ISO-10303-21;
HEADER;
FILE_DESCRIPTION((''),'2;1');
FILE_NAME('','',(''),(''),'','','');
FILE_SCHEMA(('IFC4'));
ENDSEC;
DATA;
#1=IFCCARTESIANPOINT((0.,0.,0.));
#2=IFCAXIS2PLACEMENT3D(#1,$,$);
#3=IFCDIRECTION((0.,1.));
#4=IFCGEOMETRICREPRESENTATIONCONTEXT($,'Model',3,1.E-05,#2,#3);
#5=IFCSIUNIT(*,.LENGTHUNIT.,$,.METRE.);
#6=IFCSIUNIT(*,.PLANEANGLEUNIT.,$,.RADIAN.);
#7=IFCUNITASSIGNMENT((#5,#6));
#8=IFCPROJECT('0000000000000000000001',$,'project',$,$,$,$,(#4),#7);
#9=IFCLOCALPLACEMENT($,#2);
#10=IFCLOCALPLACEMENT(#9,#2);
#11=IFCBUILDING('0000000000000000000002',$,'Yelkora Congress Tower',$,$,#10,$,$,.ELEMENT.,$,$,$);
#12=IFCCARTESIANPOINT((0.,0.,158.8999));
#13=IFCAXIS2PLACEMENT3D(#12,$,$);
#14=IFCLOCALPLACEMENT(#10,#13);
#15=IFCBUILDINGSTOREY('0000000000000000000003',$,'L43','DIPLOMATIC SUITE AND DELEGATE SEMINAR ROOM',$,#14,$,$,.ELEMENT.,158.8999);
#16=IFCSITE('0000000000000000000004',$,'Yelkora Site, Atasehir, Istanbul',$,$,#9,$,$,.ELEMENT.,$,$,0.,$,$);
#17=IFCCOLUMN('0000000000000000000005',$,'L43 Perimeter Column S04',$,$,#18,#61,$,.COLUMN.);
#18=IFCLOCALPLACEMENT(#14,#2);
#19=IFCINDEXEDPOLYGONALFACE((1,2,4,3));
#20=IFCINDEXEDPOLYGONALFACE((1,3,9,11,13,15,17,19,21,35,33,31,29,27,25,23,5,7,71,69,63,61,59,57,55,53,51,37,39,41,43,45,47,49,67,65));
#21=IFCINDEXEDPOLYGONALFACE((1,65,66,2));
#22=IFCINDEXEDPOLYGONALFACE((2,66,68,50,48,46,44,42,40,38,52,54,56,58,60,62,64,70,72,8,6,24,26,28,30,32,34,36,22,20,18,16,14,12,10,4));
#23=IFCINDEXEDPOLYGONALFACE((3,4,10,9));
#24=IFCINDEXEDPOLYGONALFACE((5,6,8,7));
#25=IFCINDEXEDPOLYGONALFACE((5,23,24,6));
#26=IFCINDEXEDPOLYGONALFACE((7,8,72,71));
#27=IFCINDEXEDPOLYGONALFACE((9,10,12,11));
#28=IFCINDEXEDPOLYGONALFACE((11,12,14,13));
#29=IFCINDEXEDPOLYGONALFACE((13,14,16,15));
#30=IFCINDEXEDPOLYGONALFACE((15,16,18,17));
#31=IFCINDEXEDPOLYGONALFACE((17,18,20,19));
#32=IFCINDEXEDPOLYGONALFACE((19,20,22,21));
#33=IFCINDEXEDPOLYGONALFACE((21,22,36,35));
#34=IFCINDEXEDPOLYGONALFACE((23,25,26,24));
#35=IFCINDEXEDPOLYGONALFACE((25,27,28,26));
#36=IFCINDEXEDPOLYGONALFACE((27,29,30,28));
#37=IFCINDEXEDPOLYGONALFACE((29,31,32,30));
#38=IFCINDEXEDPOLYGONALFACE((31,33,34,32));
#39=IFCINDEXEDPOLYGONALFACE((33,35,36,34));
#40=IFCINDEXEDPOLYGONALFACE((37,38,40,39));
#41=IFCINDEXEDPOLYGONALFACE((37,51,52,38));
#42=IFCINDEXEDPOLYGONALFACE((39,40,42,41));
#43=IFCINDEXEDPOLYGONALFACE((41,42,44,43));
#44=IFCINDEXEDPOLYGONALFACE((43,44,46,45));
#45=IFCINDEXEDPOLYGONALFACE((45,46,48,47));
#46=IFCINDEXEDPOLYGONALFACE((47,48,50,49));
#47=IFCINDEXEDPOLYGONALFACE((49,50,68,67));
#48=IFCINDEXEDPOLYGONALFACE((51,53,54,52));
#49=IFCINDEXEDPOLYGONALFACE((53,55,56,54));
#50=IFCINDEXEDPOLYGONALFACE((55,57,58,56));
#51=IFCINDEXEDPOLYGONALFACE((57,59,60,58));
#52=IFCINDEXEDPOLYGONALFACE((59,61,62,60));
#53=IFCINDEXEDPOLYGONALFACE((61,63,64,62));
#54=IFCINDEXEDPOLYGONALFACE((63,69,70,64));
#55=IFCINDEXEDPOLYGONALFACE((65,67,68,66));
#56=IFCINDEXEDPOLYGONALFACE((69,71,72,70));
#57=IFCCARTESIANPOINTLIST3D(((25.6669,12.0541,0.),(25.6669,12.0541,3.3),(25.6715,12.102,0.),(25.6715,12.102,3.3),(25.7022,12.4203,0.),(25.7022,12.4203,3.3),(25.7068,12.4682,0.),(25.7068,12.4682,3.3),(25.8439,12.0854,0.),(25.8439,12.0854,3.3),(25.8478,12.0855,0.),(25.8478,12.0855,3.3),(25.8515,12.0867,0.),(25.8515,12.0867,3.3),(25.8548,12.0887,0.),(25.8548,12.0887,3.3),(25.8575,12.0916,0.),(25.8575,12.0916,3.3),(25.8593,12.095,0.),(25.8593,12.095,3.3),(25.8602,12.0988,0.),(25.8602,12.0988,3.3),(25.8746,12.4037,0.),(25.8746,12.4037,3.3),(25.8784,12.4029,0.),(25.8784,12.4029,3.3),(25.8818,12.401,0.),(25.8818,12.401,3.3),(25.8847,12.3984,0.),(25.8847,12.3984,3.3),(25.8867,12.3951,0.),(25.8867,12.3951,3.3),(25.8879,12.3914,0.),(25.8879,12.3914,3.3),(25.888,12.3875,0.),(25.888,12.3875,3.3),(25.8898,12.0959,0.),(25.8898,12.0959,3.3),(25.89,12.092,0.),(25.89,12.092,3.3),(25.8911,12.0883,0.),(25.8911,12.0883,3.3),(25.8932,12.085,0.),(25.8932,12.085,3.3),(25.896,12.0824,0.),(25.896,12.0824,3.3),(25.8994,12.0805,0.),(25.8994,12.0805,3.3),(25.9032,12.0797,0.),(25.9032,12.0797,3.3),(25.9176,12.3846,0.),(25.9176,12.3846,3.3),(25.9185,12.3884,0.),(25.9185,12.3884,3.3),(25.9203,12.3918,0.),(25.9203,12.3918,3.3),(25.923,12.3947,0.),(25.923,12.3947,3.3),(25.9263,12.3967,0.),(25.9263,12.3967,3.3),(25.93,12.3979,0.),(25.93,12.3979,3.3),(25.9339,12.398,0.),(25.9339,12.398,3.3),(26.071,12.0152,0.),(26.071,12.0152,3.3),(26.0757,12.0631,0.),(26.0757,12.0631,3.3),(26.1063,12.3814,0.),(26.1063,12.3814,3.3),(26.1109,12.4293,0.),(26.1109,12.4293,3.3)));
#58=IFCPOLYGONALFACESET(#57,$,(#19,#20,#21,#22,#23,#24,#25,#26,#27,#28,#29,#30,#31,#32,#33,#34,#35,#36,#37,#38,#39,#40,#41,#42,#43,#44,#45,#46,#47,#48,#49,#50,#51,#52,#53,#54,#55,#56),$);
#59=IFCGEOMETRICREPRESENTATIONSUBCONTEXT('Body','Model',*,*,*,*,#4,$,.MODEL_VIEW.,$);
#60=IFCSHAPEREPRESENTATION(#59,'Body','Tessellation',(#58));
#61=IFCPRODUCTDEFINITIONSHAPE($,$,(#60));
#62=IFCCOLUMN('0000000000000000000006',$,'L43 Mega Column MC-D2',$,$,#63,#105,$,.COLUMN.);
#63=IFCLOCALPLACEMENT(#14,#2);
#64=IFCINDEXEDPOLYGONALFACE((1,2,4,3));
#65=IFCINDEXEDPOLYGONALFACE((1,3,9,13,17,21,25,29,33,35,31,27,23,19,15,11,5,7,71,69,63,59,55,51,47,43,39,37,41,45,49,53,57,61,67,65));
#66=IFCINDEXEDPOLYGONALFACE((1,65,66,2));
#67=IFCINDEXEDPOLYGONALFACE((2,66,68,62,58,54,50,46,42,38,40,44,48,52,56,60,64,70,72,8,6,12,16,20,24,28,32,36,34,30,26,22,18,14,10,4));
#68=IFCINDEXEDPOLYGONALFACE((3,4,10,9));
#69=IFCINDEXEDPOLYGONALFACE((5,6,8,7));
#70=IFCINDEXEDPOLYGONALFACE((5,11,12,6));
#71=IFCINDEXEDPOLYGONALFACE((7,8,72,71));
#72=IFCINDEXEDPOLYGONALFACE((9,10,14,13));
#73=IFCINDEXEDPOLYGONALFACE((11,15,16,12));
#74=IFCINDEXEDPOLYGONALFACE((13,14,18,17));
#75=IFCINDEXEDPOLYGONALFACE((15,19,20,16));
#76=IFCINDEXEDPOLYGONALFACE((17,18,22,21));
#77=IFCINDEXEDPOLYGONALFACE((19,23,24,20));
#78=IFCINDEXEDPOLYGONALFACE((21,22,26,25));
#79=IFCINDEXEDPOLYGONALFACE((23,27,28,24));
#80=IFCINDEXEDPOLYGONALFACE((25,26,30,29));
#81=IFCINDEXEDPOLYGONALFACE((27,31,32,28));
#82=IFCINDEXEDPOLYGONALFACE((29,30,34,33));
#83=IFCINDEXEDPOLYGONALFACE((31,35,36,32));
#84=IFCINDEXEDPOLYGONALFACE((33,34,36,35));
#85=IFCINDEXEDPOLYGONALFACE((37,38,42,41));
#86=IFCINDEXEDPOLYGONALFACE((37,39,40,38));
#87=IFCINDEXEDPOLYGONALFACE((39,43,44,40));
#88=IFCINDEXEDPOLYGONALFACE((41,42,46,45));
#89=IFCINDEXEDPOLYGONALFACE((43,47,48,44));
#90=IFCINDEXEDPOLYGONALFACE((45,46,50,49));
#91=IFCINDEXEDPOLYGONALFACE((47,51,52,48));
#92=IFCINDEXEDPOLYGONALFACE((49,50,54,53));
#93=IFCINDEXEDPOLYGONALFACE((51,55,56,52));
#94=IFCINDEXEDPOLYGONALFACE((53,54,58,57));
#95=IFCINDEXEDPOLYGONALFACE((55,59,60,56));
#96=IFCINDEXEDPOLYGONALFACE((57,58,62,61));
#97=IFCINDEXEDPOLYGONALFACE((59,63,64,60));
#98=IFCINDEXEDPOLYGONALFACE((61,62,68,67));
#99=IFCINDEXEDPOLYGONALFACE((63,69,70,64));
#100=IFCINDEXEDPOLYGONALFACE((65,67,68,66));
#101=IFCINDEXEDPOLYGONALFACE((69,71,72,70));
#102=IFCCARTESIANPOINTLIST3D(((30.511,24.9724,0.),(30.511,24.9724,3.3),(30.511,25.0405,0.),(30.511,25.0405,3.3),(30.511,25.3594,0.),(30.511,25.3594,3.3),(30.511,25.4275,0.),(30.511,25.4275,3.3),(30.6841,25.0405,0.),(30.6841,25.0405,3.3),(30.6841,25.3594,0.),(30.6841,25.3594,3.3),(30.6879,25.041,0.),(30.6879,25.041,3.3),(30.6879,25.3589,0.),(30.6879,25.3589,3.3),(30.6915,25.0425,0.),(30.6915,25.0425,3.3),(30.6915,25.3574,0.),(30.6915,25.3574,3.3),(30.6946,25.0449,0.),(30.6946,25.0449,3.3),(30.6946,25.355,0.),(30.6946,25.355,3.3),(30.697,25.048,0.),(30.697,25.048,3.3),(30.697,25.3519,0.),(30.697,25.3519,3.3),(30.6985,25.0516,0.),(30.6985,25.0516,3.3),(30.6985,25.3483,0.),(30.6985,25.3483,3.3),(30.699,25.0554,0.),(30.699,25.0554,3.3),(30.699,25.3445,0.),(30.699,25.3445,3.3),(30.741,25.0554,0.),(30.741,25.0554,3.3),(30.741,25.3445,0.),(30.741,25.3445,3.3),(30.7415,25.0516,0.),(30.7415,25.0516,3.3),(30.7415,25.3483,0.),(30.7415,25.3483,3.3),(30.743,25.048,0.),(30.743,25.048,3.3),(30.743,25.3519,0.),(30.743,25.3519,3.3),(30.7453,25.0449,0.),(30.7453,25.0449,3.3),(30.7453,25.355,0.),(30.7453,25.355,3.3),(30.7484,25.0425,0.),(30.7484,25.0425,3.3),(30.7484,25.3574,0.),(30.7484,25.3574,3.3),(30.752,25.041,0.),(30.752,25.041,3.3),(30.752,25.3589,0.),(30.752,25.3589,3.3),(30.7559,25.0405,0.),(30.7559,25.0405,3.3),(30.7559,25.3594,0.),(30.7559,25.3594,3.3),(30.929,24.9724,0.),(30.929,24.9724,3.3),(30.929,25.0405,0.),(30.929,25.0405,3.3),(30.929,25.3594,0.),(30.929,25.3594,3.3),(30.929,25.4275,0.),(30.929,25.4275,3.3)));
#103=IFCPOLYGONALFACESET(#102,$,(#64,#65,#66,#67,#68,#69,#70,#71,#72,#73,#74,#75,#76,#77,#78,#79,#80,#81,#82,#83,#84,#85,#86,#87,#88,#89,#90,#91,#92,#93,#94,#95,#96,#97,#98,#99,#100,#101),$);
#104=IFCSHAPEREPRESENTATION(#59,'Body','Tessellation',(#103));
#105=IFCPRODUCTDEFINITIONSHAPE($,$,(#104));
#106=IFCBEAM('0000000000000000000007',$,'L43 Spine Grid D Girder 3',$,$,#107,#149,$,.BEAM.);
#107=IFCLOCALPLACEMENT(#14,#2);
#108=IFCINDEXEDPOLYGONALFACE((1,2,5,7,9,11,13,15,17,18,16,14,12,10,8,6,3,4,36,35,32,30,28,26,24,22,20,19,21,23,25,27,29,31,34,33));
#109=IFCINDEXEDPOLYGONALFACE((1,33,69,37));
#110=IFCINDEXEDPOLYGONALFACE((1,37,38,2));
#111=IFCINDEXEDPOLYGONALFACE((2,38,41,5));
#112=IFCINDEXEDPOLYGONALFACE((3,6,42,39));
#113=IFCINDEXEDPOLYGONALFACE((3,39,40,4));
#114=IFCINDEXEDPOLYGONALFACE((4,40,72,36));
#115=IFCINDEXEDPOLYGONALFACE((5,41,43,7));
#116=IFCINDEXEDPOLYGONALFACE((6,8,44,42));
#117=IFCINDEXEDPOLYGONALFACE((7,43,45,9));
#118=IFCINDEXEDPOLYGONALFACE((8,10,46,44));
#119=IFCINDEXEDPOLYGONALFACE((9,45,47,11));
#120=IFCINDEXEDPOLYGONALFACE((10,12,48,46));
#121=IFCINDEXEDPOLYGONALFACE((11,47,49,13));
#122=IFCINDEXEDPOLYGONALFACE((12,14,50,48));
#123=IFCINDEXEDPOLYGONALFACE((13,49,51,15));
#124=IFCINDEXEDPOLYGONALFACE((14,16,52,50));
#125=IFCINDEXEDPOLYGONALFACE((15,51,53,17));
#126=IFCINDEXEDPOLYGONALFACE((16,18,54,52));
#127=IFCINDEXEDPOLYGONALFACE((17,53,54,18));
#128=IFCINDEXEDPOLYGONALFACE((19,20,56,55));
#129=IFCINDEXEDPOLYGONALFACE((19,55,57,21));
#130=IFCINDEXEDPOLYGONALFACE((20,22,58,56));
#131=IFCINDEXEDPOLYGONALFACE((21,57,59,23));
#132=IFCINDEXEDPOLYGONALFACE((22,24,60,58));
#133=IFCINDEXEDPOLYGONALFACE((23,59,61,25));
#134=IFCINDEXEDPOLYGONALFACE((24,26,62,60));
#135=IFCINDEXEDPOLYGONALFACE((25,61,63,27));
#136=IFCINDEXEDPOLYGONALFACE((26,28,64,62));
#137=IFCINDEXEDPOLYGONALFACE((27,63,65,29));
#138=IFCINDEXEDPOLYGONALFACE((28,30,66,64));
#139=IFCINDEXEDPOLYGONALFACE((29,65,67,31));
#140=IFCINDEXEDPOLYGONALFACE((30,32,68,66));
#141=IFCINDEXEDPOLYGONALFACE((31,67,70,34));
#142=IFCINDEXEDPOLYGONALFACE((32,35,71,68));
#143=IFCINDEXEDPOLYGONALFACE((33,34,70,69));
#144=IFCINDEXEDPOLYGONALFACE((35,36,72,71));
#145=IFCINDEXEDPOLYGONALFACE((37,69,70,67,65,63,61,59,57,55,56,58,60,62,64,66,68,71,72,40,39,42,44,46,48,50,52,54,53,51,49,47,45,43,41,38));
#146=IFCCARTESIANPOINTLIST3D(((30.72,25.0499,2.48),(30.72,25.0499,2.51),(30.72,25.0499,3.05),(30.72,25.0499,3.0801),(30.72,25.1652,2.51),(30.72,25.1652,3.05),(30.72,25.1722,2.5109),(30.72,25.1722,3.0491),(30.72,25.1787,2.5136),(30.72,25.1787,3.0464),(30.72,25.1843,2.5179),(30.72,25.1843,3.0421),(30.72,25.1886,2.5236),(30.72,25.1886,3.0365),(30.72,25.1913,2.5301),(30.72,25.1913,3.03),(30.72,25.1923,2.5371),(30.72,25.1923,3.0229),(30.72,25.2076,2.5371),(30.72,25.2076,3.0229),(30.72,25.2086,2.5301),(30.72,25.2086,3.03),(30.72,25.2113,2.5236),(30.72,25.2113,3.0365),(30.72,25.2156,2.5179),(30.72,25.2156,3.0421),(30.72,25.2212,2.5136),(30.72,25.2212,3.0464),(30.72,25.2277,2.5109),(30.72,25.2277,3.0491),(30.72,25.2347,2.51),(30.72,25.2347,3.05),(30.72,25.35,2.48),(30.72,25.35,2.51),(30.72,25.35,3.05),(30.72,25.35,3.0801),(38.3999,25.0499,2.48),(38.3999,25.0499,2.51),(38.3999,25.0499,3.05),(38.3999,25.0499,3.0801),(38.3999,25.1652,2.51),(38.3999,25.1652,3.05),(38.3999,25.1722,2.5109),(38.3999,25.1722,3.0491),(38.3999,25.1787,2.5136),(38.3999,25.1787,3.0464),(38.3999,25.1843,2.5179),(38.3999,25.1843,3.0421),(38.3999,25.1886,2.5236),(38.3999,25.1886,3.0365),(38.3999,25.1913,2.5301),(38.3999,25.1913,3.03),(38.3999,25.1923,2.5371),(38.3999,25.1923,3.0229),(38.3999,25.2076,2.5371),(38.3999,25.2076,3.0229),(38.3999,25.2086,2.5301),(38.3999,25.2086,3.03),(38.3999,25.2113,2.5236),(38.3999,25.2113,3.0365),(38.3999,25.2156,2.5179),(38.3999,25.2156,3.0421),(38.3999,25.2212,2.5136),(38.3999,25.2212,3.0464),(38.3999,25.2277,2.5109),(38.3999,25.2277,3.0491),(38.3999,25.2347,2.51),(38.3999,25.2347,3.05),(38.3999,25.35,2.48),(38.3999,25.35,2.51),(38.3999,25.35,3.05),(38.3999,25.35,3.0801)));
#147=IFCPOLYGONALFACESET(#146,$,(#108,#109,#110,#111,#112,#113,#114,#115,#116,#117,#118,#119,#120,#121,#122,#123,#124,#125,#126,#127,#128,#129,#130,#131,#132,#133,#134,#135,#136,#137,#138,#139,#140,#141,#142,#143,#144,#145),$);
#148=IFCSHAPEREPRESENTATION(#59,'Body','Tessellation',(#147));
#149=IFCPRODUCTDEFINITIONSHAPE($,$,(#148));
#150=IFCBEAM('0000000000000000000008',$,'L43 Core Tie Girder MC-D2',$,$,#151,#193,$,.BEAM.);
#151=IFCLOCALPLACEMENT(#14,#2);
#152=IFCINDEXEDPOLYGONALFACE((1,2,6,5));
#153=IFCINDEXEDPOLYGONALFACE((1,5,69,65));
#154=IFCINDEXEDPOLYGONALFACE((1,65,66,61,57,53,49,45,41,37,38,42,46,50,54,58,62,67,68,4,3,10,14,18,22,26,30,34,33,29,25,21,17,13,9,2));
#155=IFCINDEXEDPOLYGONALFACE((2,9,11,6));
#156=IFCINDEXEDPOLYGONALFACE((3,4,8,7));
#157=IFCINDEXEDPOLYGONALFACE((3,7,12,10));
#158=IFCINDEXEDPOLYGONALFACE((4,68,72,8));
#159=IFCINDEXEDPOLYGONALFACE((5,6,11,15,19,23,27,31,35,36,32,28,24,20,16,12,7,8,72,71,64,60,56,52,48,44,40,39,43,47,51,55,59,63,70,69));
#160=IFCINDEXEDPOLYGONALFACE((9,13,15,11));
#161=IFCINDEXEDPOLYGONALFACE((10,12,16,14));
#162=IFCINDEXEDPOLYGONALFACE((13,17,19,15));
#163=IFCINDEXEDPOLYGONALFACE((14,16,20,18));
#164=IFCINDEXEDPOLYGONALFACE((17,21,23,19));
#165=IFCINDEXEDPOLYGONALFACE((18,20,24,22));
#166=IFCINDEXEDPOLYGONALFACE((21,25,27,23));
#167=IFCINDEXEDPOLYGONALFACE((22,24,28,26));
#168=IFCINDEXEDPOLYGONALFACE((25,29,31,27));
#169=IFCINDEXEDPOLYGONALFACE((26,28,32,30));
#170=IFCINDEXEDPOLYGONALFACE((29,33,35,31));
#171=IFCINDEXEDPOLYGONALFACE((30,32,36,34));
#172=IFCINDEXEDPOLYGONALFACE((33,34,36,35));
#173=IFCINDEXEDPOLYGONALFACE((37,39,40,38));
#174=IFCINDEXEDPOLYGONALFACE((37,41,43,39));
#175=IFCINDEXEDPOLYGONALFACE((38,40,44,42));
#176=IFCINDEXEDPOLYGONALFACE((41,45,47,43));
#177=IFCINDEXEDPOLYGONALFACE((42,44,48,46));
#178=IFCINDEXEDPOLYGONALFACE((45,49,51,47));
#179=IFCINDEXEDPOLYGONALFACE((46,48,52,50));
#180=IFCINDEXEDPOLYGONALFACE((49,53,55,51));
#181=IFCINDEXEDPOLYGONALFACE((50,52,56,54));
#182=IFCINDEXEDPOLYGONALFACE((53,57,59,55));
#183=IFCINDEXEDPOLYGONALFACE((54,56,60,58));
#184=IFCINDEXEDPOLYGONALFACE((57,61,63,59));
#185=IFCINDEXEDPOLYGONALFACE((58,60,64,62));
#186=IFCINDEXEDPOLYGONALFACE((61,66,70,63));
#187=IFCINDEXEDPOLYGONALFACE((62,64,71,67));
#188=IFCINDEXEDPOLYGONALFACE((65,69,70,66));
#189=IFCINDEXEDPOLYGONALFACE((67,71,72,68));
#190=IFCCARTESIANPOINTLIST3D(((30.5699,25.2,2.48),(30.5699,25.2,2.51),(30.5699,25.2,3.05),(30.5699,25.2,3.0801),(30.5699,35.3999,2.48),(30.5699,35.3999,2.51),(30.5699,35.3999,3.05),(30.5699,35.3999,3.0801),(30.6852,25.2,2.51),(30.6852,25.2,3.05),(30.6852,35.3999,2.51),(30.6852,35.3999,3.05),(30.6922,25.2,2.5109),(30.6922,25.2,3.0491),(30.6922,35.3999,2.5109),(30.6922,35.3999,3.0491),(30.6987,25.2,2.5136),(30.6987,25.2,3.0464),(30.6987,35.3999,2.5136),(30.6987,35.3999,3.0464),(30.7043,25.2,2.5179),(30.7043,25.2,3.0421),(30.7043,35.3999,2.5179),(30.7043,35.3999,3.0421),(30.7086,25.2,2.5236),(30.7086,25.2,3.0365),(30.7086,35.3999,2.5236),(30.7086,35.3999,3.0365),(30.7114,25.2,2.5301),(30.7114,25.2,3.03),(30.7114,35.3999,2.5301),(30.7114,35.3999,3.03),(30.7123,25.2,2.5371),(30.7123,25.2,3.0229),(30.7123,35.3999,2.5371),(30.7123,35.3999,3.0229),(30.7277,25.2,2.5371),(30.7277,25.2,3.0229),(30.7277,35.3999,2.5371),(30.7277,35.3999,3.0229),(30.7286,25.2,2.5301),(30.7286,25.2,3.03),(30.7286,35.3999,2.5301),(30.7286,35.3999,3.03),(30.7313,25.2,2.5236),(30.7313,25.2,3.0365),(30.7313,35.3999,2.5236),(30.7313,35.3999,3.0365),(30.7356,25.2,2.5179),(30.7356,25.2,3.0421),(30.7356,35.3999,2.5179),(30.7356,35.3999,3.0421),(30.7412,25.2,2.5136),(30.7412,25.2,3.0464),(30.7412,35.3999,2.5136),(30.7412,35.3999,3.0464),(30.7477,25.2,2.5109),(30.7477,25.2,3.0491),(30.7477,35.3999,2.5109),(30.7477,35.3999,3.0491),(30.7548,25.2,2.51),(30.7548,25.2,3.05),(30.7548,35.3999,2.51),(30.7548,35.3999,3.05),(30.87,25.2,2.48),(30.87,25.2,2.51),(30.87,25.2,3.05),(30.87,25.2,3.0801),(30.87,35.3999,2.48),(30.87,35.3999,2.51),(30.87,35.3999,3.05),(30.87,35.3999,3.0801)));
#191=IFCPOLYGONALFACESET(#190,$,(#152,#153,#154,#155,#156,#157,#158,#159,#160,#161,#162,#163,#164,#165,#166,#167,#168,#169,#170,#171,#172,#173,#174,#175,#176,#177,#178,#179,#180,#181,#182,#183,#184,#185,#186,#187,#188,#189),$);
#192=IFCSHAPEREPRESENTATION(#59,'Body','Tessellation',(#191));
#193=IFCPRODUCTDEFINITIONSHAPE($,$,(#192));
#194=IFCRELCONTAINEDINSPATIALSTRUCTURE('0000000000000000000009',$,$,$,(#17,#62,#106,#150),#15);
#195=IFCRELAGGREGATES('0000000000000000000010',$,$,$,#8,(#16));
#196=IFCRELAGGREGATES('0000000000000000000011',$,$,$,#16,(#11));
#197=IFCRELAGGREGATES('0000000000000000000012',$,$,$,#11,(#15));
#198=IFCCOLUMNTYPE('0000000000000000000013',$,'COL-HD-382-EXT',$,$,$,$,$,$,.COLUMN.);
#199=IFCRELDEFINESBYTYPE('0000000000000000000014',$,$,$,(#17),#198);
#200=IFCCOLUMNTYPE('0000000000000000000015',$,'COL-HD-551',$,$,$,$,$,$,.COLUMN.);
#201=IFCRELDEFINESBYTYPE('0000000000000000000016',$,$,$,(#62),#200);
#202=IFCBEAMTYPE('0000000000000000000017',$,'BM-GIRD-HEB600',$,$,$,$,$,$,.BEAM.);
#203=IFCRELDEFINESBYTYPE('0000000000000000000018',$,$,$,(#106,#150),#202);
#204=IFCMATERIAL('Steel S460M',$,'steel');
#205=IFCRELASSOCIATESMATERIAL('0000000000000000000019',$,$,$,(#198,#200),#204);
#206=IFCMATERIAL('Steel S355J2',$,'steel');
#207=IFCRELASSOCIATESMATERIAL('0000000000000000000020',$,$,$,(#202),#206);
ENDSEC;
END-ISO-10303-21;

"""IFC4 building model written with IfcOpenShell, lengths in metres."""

from ifc_helpers import new_model, si_unit, direction, frame, origin, origin_2d, place, context, subcontext, project, spatial, i_section, extrude, material, material_profile, profile_set, type_object, element, save


model = new_model("IFC4")

# Units and contexts
model_context = context("Model", 3, precision=1e-05, world=origin(), true_north=direction((0.0, 1.0)))
body_context = subcontext(model_context, "Body", "Model", "MODEL_VIEW")
ifc_project = project(units=[si_unit("LENGTHUNIT", "METRE"), si_unit("PLANEANGLEUNIT", "RADIAN")], contexts=[model_context])

# Site, building, storey
site_placement = place(None, origin())
site = spatial("IfcSite", under=ifc_project, at=site_placement, Name="Yelkora Site, Atasehir, Istanbul", CompositionType="ELEMENT", RefElevation=0.0)
building_placement = place(site_placement, origin())
building = spatial("IfcBuilding", under=site, at=building_placement, Name="Yelkora Congress Tower", CompositionType="ELEMENT")
storey_placement = place(building_placement, frame((0.0, 0.0, 158.8999)))
storey = spatial("IfcBuildingStorey", under=building, at=storey_placement, Name="L43", Description="DIPLOMATIC SUITE AND DELEGATE SEMINAR ROOM", CompositionType="ELEMENT", Elevation=158.8999)

# Columns
ifc_material_1 = material(Name="Steel S460M", Category="steel")
ifc_material_profile_1 = material_profile(ifc_material_1, i_section(OverallWidth=0.406, OverallDepth=0.416, WebThickness=0.0298, FlangeThickness=0.0481, FilletRadius=0.0149, at=origin_2d()), Name="HD 400x382")
ifc_profile_set_1 = profile_set([ifc_material_profile_1], Name="Steel S460M")
column_type_1 = type_object("IfcColumnType", Name="COL-HD-382-EXT", PredefinedType="COLUMN", material=ifc_profile_set_1)
column_1_placement = place(storey_placement, frame((25.8889, 12.2417, 0.0), z_axis=(0.0, 0.0, 1.0), x_axis=(0.995396, -0.095846, 0.0)))
element("IfcColumn", 1, at=column_1_placement, inside=storey, type_object=column_type_1, Name="L43 Perimeter Column S04", PredefinedType="COLUMN", context=body_context, shape_type="SweptSolid", body=[
    extrude(i_section(OverallWidth=0.406, OverallDepth=0.416, WebThickness=0.0298, FlangeThickness=0.0481, FilletRadius=0.0149, at=origin_2d()), origin(), (0.0, 0.0, 1.0), 3.3),
])
ifc_material_profile_2 = material_profile(ifc_material_1, i_section(OverallWidth=0.418, OverallDepth=0.4551, WebThickness=0.042, FlangeThickness=0.0681, FilletRadius=0.0149, at=origin_2d()), Name="HD 400x551")
ifc_profile_set_2 = profile_set([ifc_material_profile_2], Name="Steel S460M")
column_type_2 = type_object("IfcColumnType", Name="COL-HD-551", PredefinedType="COLUMN", material=ifc_profile_set_2)
column_2_placement = place(storey_placement, frame((30.72, 25.2, 0.0), z_axis=(0.0, 0.0, 1.0), x_axis=(1.0, 0.0, 0.0)))
element("IfcColumn", 2, at=column_2_placement, inside=storey, type_object=column_type_2, Name="L43 Mega Column MC-D2", PredefinedType="COLUMN", context=body_context, shape_type="SweptSolid", body=[
    extrude(i_section(OverallWidth=0.418, OverallDepth=0.4551, WebThickness=0.042, FlangeThickness=0.0681, FilletRadius=0.0149, at=origin_2d()), origin(), (0.0, 0.0, 1.0), 3.3),
])

# Beams
ifc_material_2 = material(Name="Steel S355J2", Category="steel")
ifc_material_profile_3 = material_profile(ifc_material_2, i_section(OverallWidth=0.3, OverallDepth=0.6001, WebThickness=0.0154, FlangeThickness=0.03, FilletRadius=0.0271, at=origin_2d()), Name="HEB 600")
ifc_profile_set_3 = profile_set([ifc_material_profile_3], Name="Steel S355J2")
beam_type_1 = type_object("IfcBeamType", Name="BM-GIRD-HEB600", PredefinedType="BEAM", material=ifc_profile_set_3)
beam_1_placement = place(storey_placement, frame((30.72, 25.2, 2.78), z_axis=(1.0, 0.0, 0.0), x_axis=(0.0, 1.0, 0.0)))
element("IfcBeam", 3, at=beam_1_placement, inside=storey, type_object=beam_type_1, Name="L43 Spine Grid D Girder 3", PredefinedType="BEAM", context=body_context, shape_type="SweptSolid", body=[
    extrude(i_section(OverallWidth=0.3, OverallDepth=0.6001, WebThickness=0.0154, FlangeThickness=0.03, FilletRadius=0.0271, at=origin_2d()), origin(), (0.0, 0.0, 1.0), 7.6799),
])
beam_2_placement = place(storey_placement, frame((30.72, 25.2, 2.78), z_axis=(0.0, 1.0, 0.0), x_axis=(-1.0, 0.0, 0.0)))
element("IfcBeam", 4, at=beam_2_placement, inside=storey, type_object=beam_type_1, Name="L43 Core Tie Girder MC-D2", PredefinedType="BEAM", context=body_context, shape_type="SweptSolid", body=[
    extrude(i_section(OverallWidth=0.3, OverallDepth=0.6001, WebThickness=0.0154, FlangeThickness=0.03, FilletRadius=0.0271, at=origin_2d()), origin(), (0.0, 0.0, 1.0), 10.2),
])

save(model, "model.ifc")
